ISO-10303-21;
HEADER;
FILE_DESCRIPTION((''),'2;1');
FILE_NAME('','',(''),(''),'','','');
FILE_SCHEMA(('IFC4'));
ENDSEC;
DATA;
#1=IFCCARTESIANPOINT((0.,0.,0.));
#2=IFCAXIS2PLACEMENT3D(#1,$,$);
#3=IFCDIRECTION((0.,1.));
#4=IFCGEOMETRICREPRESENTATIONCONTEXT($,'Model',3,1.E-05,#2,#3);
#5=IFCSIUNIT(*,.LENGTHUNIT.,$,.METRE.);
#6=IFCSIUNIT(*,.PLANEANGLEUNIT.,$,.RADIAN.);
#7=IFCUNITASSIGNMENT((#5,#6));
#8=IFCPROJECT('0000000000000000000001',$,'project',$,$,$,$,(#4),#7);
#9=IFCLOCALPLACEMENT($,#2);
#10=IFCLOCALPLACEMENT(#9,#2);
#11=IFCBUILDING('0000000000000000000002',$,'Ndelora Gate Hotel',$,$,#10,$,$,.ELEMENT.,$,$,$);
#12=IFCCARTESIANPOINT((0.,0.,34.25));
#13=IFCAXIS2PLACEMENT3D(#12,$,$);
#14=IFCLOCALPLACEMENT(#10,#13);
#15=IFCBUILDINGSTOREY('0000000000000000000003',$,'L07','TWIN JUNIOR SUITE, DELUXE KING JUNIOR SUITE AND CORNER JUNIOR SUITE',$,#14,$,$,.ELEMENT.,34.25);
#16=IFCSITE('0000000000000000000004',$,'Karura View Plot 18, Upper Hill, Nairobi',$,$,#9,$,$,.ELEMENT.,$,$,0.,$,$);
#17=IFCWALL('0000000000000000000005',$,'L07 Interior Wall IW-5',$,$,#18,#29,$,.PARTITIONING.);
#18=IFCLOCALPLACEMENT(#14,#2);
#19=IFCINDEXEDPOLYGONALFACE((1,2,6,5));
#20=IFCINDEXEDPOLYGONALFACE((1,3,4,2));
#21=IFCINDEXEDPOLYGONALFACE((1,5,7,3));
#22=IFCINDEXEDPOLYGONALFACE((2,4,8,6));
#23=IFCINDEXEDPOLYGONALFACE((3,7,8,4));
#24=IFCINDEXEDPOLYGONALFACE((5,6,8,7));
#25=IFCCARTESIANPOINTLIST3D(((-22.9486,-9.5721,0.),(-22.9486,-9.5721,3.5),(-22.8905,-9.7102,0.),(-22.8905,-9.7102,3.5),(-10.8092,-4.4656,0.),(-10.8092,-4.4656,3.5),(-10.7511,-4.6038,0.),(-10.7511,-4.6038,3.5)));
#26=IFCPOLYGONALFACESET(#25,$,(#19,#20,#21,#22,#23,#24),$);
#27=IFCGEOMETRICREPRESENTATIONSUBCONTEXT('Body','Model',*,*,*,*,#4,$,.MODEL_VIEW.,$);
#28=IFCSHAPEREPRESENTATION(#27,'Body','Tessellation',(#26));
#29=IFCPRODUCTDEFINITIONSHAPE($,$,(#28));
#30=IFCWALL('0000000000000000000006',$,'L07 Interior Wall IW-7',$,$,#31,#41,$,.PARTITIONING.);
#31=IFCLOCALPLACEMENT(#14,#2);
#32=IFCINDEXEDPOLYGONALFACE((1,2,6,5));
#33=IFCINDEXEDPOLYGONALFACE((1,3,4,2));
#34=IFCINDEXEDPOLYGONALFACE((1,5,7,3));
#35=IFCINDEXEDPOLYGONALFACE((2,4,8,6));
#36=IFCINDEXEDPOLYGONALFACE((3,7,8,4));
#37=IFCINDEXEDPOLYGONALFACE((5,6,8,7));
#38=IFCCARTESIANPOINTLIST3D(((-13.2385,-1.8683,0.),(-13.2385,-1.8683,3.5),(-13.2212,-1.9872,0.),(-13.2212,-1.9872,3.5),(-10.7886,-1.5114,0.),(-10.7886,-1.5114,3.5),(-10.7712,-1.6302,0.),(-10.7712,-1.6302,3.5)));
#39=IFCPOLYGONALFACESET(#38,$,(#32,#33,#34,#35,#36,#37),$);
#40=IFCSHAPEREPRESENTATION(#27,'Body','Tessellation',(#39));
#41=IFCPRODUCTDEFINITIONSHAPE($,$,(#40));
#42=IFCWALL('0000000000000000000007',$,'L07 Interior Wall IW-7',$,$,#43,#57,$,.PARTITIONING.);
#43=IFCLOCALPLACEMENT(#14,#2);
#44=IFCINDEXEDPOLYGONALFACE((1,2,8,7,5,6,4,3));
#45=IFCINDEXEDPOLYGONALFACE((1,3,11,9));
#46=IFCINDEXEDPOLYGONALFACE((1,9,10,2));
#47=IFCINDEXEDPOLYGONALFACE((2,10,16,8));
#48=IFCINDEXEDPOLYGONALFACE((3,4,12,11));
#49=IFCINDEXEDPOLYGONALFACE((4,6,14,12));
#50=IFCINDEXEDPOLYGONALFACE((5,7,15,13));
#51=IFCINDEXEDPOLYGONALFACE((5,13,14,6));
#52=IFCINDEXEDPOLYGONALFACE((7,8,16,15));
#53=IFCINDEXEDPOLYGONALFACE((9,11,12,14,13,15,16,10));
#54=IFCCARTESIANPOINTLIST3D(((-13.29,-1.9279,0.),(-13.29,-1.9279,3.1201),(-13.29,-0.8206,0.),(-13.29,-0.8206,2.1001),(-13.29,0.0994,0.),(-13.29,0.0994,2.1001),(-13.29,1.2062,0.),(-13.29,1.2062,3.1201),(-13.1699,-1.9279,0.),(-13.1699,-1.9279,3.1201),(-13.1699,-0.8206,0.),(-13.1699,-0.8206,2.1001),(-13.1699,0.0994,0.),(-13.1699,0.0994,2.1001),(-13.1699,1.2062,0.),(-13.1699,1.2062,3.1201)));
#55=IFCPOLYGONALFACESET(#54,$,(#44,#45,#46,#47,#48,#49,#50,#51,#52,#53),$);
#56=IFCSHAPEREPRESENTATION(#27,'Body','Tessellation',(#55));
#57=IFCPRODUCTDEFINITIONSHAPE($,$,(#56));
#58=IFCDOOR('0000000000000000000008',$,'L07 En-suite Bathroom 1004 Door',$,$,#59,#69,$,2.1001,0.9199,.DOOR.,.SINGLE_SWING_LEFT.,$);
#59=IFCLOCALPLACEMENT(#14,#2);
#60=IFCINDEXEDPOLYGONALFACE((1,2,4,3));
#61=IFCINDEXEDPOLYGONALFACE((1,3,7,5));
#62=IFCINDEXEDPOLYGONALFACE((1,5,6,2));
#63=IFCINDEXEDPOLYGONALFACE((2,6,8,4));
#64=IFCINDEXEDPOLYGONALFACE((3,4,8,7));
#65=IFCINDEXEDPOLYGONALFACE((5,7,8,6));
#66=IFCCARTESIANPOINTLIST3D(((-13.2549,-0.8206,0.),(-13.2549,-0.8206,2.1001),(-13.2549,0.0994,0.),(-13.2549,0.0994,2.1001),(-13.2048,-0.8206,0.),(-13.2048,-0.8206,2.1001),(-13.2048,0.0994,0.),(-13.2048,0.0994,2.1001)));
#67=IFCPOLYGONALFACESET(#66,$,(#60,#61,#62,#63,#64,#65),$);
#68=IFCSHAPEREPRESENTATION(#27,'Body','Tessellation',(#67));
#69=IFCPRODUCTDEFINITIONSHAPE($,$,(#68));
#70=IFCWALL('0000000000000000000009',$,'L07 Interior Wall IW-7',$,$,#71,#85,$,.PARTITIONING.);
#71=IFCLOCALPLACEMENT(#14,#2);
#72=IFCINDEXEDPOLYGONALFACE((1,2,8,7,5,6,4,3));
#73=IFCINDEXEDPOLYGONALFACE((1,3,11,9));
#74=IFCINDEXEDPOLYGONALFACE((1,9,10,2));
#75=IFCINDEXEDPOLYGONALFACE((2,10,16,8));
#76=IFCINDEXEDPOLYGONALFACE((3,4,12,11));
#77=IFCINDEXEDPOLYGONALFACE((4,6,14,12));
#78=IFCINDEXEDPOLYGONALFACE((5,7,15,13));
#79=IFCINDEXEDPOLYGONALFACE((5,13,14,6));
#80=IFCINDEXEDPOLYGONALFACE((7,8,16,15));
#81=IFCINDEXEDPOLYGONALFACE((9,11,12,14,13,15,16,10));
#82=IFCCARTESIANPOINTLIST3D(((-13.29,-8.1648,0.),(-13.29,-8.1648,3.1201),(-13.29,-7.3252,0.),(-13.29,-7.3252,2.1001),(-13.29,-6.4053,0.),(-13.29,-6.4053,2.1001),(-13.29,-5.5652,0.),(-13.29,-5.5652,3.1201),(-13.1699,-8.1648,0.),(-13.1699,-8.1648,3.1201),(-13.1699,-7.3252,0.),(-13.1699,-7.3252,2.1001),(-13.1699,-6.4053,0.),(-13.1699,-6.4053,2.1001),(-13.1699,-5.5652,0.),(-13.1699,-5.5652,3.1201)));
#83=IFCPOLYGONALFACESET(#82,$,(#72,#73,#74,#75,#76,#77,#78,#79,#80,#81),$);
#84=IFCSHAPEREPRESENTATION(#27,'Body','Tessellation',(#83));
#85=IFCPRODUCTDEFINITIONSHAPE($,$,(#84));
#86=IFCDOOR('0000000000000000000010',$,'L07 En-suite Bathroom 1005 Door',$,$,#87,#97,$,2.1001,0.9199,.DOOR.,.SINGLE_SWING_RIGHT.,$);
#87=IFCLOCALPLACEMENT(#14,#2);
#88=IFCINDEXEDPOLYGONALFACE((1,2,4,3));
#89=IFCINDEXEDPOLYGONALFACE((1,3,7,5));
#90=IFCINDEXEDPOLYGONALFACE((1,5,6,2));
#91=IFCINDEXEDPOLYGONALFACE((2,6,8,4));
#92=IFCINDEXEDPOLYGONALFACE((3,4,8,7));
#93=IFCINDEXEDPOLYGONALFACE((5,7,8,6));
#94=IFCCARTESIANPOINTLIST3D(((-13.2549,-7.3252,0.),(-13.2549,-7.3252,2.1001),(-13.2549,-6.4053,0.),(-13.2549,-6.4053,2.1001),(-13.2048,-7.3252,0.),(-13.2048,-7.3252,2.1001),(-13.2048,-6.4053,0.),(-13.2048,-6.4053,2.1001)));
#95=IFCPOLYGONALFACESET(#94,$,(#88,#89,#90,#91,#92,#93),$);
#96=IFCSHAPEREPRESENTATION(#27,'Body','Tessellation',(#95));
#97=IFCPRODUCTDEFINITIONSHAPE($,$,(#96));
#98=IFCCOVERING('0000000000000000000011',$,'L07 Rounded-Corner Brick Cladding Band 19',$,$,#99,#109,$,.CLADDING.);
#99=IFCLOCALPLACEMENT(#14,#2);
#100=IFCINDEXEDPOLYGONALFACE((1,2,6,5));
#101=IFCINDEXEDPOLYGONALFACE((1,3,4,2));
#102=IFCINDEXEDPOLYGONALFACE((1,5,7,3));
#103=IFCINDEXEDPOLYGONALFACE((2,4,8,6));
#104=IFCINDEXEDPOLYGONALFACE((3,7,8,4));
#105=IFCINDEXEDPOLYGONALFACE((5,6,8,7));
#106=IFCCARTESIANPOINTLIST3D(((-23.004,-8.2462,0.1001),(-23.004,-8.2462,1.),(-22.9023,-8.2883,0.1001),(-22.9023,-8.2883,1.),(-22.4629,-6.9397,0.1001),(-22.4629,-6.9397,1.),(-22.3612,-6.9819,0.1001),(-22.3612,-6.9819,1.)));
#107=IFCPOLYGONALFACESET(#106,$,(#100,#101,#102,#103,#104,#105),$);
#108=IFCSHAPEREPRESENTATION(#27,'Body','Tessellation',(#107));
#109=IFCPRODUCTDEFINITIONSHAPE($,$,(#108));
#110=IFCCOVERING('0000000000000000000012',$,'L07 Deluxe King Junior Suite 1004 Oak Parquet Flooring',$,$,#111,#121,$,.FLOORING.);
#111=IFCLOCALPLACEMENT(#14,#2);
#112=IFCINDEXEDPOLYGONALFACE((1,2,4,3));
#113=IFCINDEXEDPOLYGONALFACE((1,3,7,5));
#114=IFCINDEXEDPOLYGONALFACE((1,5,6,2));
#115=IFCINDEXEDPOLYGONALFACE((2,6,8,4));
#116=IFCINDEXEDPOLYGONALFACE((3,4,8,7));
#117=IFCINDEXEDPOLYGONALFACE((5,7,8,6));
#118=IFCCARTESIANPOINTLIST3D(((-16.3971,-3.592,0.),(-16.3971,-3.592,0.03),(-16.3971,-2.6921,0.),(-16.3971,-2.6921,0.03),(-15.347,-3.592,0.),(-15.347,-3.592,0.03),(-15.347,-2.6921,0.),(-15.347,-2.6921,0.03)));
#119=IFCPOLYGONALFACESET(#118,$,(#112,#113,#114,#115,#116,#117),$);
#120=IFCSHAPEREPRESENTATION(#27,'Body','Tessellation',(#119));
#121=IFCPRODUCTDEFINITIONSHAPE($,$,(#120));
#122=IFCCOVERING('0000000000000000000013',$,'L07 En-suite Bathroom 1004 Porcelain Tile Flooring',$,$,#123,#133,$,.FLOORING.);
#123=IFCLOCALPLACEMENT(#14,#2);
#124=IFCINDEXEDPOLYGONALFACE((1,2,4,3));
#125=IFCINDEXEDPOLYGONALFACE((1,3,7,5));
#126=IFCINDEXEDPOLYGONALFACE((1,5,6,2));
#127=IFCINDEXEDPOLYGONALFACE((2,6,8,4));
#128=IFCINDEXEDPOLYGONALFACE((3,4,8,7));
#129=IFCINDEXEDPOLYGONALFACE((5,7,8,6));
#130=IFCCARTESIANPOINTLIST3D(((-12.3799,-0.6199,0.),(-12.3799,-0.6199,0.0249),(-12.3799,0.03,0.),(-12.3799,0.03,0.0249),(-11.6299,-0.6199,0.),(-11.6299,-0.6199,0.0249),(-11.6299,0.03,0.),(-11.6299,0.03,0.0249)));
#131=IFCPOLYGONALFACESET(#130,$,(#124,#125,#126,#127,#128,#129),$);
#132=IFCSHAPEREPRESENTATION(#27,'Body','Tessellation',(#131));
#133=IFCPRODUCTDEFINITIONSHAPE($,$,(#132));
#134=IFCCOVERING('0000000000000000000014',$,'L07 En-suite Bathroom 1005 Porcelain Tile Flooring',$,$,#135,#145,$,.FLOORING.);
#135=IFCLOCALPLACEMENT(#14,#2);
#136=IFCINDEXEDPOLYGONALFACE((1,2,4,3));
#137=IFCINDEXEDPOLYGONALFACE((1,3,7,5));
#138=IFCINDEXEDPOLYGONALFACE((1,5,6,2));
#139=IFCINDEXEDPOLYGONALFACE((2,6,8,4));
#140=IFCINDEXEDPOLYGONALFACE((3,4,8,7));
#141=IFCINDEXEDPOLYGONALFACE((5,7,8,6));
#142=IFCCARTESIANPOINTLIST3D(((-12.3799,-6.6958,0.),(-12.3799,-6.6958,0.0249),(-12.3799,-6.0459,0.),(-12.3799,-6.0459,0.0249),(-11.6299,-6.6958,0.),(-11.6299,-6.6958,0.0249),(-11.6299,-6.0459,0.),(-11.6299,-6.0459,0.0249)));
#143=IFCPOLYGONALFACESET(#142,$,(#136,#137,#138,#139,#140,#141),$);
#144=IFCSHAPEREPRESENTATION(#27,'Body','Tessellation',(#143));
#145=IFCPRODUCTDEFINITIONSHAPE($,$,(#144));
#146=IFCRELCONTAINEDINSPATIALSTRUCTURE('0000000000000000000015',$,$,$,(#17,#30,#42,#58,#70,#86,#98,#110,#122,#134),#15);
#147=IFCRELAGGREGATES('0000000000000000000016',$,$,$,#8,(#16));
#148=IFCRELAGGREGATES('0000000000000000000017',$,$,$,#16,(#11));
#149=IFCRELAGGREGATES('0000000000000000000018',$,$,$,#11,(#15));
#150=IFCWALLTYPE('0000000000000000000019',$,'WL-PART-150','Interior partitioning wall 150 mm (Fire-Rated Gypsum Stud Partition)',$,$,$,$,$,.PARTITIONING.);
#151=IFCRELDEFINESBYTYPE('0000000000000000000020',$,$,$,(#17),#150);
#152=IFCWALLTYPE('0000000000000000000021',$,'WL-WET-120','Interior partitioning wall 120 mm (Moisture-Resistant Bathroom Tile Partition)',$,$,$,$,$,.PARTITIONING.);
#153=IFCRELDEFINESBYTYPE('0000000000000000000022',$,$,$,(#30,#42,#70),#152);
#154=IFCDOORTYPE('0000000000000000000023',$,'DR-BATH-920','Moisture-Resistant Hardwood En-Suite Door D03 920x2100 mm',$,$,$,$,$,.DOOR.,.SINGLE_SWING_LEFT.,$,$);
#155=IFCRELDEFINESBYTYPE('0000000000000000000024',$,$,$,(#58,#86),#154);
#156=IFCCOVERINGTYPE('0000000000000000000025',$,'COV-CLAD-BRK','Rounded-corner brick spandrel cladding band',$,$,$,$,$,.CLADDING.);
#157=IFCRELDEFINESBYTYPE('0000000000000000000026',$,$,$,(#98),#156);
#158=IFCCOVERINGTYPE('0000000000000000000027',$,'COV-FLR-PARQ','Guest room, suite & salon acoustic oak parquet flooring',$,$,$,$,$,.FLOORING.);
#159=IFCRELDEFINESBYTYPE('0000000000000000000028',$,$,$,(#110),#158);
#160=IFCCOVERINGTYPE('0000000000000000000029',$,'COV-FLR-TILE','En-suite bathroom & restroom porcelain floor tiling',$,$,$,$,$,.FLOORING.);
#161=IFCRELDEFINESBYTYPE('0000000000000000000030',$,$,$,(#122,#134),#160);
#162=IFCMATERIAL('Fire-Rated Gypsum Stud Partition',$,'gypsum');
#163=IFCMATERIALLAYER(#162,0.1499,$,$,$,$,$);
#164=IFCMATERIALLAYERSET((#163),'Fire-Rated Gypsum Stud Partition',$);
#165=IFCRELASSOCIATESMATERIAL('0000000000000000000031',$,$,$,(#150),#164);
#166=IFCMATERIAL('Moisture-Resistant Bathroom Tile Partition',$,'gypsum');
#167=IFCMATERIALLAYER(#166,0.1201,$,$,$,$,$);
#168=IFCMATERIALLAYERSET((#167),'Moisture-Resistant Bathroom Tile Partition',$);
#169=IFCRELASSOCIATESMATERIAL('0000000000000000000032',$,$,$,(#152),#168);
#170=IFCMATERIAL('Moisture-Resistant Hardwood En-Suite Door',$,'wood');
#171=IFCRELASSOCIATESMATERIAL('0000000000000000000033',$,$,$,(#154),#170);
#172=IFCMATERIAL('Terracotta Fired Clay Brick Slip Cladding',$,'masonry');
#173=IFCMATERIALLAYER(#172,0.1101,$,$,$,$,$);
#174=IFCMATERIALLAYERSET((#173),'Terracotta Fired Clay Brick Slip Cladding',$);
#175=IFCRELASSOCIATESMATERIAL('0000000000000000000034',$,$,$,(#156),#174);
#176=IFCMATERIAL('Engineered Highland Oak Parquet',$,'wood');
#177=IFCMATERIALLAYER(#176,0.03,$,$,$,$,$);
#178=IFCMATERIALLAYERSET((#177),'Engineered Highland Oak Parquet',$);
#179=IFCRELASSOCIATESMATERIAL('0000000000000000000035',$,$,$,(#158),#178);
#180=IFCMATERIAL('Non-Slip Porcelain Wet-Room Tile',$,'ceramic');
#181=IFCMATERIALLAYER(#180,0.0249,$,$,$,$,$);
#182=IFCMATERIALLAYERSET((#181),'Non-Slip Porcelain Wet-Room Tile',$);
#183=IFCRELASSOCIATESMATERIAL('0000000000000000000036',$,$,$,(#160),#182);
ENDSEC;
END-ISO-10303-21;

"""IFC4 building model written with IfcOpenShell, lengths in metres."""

from ifc_helpers import new_model, si_unit, direction, frame, frame_2d, origin, origin_2d, place, context, subcontext, project, spatial, rectangle, extrude, material, layer, layer_set, type_object, element, fill, save


model = new_model("IFC4")

# Units and contexts
model_context = context("Model", 3, precision=1e-05, world=origin(), true_north=direction((0.0, 1.0)))
body_context = subcontext(model_context, "Body", "Model", "MODEL_VIEW")
ifc_project = project(units=[si_unit("LENGTHUNIT", "METRE"), si_unit("PLANEANGLEUNIT", "RADIAN")], contexts=[model_context])

# Site, building, storey
site_placement = place(None, origin())
site = spatial("IfcSite", under=ifc_project, at=site_placement, Name="Karura View Plot 18, Upper Hill, Nairobi", CompositionType="ELEMENT", RefElevation=0.0)
building_placement = place(site_placement, origin())
building = spatial("IfcBuilding", under=site, at=building_placement, Name="Ndelora Gate Hotel", CompositionType="ELEMENT")
storey_placement = place(building_placement, frame((0.0, 0.0, 34.25)))
storey = spatial("IfcBuildingStorey", under=building, at=storey_placement, Name="L07", Description="TWIN JUNIOR SUITE, DELUXE KING JUNIOR SUITE AND CORNER JUNIOR SUITE", CompositionType="ELEMENT", Elevation=34.25)

# Shared definitions
ifc_material_1 = material(Name="Fire-Rated Gypsum Stud Partition", Category="gypsum")
ifc_layer_1 = layer(ifc_material_1, 0.1499)
ifc_layer_set_1 = layer_set([ifc_layer_1], Name="Fire-Rated Gypsum Stud Partition")
wall_type_1 = type_object("IfcWallType", Name="WL-PART-150", Description="Interior partitioning wall 150 mm (Fire-Rated Gypsum Stud Partition)", PredefinedType="PARTITIONING", material=ifc_layer_set_1)

# Walls
wall_1_placement = place(storey_placement, frame((-10.78, -4.5347, 0.0), z_axis=(0.0, 0.0, 1.0), x_axis=(-0.921768, -0.387742, 0.0)))
element("IfcWall", 1, at=wall_1_placement, inside=storey, type_object=wall_type_1, Name="L07 Interior Wall IW-5", PredefinedType="PARTITIONING", context=body_context, shape_type="SweptSolid", body=[
    extrude(rectangle(XDim=13.1697, YDim=0.1499, at=frame_2d((6.585, 0.0))), origin(), (0.0, 0.0, 1.0), 3.5),
])
ifc_material_2 = material(Name="Moisture-Resistant Bathroom Tile Partition", Category="gypsum")
ifc_layer_2 = layer(ifc_material_2, 0.1201)
ifc_layer_set_2 = layer_set([ifc_layer_2], Name="Moisture-Resistant Bathroom Tile Partition")
wall_type_2 = type_object("IfcWallType", Name="WL-WET-120", Description="Interior partitioning wall 120 mm (Moisture-Resistant Bathroom Tile Partition)", PredefinedType="PARTITIONING", material=ifc_layer_set_2)
wall_2_placement = place(storey_placement, frame((-10.78, -1.5708, 0.0), z_axis=(0.0, 0.0, 1.0), x_axis=(-0.989553, -0.144168, 0.0)))
element("IfcWall", 2, at=wall_2_placement, inside=storey, type_object=wall_type_2, Name="L07 Interior Wall IW-7", PredefinedType="PARTITIONING", context=body_context, shape_type="SweptSolid", body=[
    extrude(rectangle(XDim=2.4758, YDim=0.1201, at=frame_2d((1.2378, 0.0))), origin(), (0.0, 0.0, 1.0), 3.5),
])

# Walls, openings, doors
wall_3_placement = place(storey_placement, frame((-13.23, -1.9277, 0.0), z_axis=(0.0, 0.0, 1.0), x_axis=(0.0, 1.0, 0.0)))
wall_3 = element("IfcWall", 3, at=wall_3_placement, inside=storey, type_object=wall_type_2, Name="L07 Interior Wall IW-7", PredefinedType="PARTITIONING", context=body_context, shape_type="SweptSolid", body=[
    extrude(rectangle(XDim=3.134, YDim=0.1201, at=frame_2d((1.5669, 0.0))), origin(), (0.0, 0.0, 1.0), 3.1201),
])
opening_1_placement = place(wall_3_placement, frame((1.1072, 0.0, 0.0)))
opening_1 = element("IfcOpeningElement", 4, at=opening_1_placement, cuts=wall_3, PredefinedType="OPENING", context=body_context, shape_type="SweptSolid", body=[
    extrude(rectangle(XDim=0.9199, YDim=2.1001, at=frame_2d((0.46, 1.05))), frame((0.0, 0.0701, 0.0), z_axis=(0.0, -1.0, 0.0), x_axis=(1.0, 0.0, 0.0)), (0.0, 0.0, 1.0), 0.1401),
])
ifc_material_3 = material(Name="Moisture-Resistant Hardwood En-Suite Door", Category="wood")
door_type_1 = type_object("IfcDoorType", Name="DR-BATH-920", Description="Moisture-Resistant Hardwood En-Suite Door D03 920x2100 mm", OperationType="SINGLE_SWING_LEFT", PredefinedType="DOOR", material=ifc_material_3)
door_1_placement = place(opening_1_placement, origin())
door_1 = element("IfcDoor", 5, at=door_1_placement, inside=storey, type_object=door_type_1, Name="L07 En-suite Bathroom 1004 Door", OperationType="SINGLE_SWING_LEFT", OverallHeight=2.1001, OverallWidth=0.9199, PredefinedType="DOOR", context=body_context, shape_type="SweptSolid", body=[
    extrude(rectangle(XDim=0.9199, YDim=2.1001, at=frame_2d((0.46, 1.05))), frame((0.0, 0.0249, 0.0), z_axis=(0.0, -1.0, 0.0), x_axis=(1.0, 0.0, 0.0)), (0.0, 0.0, 1.0), 0.05),
])
fill(opening_1, door_1)
wall_4_placement = place(storey_placement, frame((-13.23, -8.1648, 0.0), z_axis=(0.0, 0.0, 1.0), x_axis=(0.0, 1.0, 0.0)))
wall_4 = element("IfcWall", 6, at=wall_4_placement, inside=storey, type_object=wall_type_2, Name="L07 Interior Wall IW-7", PredefinedType="PARTITIONING", context=body_context, shape_type="SweptSolid", body=[
    extrude(rectangle(XDim=2.5996, YDim=0.1201, at=frame_2d((1.2998, 0.0))), origin(), (0.0, 0.0, 1.0), 3.1201),
])
opening_2_placement = place(wall_4_placement, frame((0.8396, 0.0, 0.0)))
opening_2 = element("IfcOpeningElement", 7, at=opening_2_placement, cuts=wall_4, PredefinedType="OPENING", context=body_context, shape_type="SweptSolid", body=[
    extrude(rectangle(XDim=0.9199, YDim=2.1001, at=frame_2d((0.46, 1.05))), frame((0.0, 0.0701, 0.0), z_axis=(0.0, -1.0, 0.0), x_axis=(1.0, 0.0, 0.0)), (0.0, 0.0, 1.0), 0.1401),
])
door_2_placement = place(opening_2_placement, origin())
door_2 = element("IfcDoor", 8, at=door_2_placement, inside=storey, type_object=door_type_1, Name="L07 En-suite Bathroom 1005 Door", OperationType="SINGLE_SWING_RIGHT", OverallHeight=2.1001, OverallWidth=0.9199, PredefinedType="DOOR", context=body_context, shape_type="SweptSolid", body=[
    extrude(rectangle(XDim=0.9199, YDim=2.1001, at=frame_2d((0.46, 1.05))), frame((0.0, 0.0249, 0.0), z_axis=(0.0, -1.0, 0.0), x_axis=(1.0, 0.0, 0.0)), (0.0, 0.0, 1.0), 0.05),
])
fill(opening_2, door_2)

# Coverings
ifc_material_4 = material(Name="Terracotta Fired Clay Brick Slip Cladding", Category="masonry")
ifc_layer_3 = layer(ifc_material_4, 0.1101)
ifc_layer_set_3 = layer_set([ifc_layer_3], Name="Terracotta Fired Clay Brick Slip Cladding")
covering_type_1 = type_object("IfcCoveringType", Name="COV-CLAD-BRK", Description="Rounded-corner brick spandrel cladding band", PredefinedType="CLADDING", material=ifc_layer_set_3)
covering_1_placement = place(storey_placement, frame((-22.6826, -7.614, 0.1001), z_axis=(0.0, 0.0, 1.0), x_axis=(0.382683, 0.92388, 0.0)))
element("IfcCovering", 9, at=covering_1_placement, inside=storey, type_object=covering_type_1, Name="L07 Rounded-Corner Brick Cladding Band 19", PredefinedType="CLADDING", context=body_context, shape_type="SweptSolid", body=[
    extrude(rectangle(XDim=1.4141, YDim=0.1101, at=origin_2d()), origin(), (0.0, 0.0, 1.0), 0.8999),
])
ifc_material_5 = material(Name="Engineered Highland Oak Parquet", Category="wood")
ifc_layer_4 = layer(ifc_material_5, 0.03)
ifc_layer_set_4 = layer_set([ifc_layer_4], Name="Engineered Highland Oak Parquet")
covering_type_2 = type_object("IfcCoveringType", Name="COV-FLR-PARQ", Description="Guest room, suite & salon acoustic oak parquet flooring", PredefinedType="FLOORING", material=ifc_layer_set_4)
covering_2_placement = place(storey_placement, frame((-15.8721, -3.1421, 0.0), z_axis=(0.0, 0.0, 1.0), x_axis=(1.0, 0.0, 0.0)))
element("IfcCovering", 10, at=covering_2_placement, inside=storey, type_object=covering_type_2, Name="L07 Deluxe King Junior Suite 1004 Oak Parquet Flooring", PredefinedType="FLOORING", context=body_context, shape_type="SweptSolid", body=[
    extrude(rectangle(XDim=1.05, YDim=0.8999, at=origin_2d()), origin(), (0.0, 0.0, 1.0), 0.03),
])
ifc_material_6 = material(Name="Non-Slip Porcelain Wet-Room Tile", Category="ceramic")
ifc_layer_5 = layer(ifc_material_6, 0.0249)
ifc_layer_set_5 = layer_set([ifc_layer_5], Name="Non-Slip Porcelain Wet-Room Tile")
covering_type_3 = type_object("IfcCoveringType", Name="COV-FLR-TILE", Description="En-suite bathroom & restroom porcelain floor tiling", PredefinedType="FLOORING", material=ifc_layer_set_5)
for number, where, z_axis, x_axis, name in (
    (11, (-12.0049, -0.2949, 0.0), (0.0, 0.0, 1.0), (1.0, 0.0, 0.0), "L07 En-suite Bathroom 1004 Porcelain Tile Flooring"),
    (12, (-12.0049, -6.3708, 0.0), (0.0, 0.0, 1.0), (1.0, 0.0, 0.0), "L07 En-suite Bathroom 1005 Porcelain Tile Flooring"),
):
    element("IfcCovering", number, at=place(storey_placement, frame(where, z_axis=z_axis, x_axis=x_axis)), inside=storey, type_object=covering_type_3, Name=name, PredefinedType="FLOORING", context=body_context, shape_type="SweptSolid", body=[
        extrude(rectangle(XDim=0.75, YDim=0.6499, at=origin_2d()), origin(), (0.0, 0.0, 1.0), 0.0249),
    ])

save(model, "model.ifc")
